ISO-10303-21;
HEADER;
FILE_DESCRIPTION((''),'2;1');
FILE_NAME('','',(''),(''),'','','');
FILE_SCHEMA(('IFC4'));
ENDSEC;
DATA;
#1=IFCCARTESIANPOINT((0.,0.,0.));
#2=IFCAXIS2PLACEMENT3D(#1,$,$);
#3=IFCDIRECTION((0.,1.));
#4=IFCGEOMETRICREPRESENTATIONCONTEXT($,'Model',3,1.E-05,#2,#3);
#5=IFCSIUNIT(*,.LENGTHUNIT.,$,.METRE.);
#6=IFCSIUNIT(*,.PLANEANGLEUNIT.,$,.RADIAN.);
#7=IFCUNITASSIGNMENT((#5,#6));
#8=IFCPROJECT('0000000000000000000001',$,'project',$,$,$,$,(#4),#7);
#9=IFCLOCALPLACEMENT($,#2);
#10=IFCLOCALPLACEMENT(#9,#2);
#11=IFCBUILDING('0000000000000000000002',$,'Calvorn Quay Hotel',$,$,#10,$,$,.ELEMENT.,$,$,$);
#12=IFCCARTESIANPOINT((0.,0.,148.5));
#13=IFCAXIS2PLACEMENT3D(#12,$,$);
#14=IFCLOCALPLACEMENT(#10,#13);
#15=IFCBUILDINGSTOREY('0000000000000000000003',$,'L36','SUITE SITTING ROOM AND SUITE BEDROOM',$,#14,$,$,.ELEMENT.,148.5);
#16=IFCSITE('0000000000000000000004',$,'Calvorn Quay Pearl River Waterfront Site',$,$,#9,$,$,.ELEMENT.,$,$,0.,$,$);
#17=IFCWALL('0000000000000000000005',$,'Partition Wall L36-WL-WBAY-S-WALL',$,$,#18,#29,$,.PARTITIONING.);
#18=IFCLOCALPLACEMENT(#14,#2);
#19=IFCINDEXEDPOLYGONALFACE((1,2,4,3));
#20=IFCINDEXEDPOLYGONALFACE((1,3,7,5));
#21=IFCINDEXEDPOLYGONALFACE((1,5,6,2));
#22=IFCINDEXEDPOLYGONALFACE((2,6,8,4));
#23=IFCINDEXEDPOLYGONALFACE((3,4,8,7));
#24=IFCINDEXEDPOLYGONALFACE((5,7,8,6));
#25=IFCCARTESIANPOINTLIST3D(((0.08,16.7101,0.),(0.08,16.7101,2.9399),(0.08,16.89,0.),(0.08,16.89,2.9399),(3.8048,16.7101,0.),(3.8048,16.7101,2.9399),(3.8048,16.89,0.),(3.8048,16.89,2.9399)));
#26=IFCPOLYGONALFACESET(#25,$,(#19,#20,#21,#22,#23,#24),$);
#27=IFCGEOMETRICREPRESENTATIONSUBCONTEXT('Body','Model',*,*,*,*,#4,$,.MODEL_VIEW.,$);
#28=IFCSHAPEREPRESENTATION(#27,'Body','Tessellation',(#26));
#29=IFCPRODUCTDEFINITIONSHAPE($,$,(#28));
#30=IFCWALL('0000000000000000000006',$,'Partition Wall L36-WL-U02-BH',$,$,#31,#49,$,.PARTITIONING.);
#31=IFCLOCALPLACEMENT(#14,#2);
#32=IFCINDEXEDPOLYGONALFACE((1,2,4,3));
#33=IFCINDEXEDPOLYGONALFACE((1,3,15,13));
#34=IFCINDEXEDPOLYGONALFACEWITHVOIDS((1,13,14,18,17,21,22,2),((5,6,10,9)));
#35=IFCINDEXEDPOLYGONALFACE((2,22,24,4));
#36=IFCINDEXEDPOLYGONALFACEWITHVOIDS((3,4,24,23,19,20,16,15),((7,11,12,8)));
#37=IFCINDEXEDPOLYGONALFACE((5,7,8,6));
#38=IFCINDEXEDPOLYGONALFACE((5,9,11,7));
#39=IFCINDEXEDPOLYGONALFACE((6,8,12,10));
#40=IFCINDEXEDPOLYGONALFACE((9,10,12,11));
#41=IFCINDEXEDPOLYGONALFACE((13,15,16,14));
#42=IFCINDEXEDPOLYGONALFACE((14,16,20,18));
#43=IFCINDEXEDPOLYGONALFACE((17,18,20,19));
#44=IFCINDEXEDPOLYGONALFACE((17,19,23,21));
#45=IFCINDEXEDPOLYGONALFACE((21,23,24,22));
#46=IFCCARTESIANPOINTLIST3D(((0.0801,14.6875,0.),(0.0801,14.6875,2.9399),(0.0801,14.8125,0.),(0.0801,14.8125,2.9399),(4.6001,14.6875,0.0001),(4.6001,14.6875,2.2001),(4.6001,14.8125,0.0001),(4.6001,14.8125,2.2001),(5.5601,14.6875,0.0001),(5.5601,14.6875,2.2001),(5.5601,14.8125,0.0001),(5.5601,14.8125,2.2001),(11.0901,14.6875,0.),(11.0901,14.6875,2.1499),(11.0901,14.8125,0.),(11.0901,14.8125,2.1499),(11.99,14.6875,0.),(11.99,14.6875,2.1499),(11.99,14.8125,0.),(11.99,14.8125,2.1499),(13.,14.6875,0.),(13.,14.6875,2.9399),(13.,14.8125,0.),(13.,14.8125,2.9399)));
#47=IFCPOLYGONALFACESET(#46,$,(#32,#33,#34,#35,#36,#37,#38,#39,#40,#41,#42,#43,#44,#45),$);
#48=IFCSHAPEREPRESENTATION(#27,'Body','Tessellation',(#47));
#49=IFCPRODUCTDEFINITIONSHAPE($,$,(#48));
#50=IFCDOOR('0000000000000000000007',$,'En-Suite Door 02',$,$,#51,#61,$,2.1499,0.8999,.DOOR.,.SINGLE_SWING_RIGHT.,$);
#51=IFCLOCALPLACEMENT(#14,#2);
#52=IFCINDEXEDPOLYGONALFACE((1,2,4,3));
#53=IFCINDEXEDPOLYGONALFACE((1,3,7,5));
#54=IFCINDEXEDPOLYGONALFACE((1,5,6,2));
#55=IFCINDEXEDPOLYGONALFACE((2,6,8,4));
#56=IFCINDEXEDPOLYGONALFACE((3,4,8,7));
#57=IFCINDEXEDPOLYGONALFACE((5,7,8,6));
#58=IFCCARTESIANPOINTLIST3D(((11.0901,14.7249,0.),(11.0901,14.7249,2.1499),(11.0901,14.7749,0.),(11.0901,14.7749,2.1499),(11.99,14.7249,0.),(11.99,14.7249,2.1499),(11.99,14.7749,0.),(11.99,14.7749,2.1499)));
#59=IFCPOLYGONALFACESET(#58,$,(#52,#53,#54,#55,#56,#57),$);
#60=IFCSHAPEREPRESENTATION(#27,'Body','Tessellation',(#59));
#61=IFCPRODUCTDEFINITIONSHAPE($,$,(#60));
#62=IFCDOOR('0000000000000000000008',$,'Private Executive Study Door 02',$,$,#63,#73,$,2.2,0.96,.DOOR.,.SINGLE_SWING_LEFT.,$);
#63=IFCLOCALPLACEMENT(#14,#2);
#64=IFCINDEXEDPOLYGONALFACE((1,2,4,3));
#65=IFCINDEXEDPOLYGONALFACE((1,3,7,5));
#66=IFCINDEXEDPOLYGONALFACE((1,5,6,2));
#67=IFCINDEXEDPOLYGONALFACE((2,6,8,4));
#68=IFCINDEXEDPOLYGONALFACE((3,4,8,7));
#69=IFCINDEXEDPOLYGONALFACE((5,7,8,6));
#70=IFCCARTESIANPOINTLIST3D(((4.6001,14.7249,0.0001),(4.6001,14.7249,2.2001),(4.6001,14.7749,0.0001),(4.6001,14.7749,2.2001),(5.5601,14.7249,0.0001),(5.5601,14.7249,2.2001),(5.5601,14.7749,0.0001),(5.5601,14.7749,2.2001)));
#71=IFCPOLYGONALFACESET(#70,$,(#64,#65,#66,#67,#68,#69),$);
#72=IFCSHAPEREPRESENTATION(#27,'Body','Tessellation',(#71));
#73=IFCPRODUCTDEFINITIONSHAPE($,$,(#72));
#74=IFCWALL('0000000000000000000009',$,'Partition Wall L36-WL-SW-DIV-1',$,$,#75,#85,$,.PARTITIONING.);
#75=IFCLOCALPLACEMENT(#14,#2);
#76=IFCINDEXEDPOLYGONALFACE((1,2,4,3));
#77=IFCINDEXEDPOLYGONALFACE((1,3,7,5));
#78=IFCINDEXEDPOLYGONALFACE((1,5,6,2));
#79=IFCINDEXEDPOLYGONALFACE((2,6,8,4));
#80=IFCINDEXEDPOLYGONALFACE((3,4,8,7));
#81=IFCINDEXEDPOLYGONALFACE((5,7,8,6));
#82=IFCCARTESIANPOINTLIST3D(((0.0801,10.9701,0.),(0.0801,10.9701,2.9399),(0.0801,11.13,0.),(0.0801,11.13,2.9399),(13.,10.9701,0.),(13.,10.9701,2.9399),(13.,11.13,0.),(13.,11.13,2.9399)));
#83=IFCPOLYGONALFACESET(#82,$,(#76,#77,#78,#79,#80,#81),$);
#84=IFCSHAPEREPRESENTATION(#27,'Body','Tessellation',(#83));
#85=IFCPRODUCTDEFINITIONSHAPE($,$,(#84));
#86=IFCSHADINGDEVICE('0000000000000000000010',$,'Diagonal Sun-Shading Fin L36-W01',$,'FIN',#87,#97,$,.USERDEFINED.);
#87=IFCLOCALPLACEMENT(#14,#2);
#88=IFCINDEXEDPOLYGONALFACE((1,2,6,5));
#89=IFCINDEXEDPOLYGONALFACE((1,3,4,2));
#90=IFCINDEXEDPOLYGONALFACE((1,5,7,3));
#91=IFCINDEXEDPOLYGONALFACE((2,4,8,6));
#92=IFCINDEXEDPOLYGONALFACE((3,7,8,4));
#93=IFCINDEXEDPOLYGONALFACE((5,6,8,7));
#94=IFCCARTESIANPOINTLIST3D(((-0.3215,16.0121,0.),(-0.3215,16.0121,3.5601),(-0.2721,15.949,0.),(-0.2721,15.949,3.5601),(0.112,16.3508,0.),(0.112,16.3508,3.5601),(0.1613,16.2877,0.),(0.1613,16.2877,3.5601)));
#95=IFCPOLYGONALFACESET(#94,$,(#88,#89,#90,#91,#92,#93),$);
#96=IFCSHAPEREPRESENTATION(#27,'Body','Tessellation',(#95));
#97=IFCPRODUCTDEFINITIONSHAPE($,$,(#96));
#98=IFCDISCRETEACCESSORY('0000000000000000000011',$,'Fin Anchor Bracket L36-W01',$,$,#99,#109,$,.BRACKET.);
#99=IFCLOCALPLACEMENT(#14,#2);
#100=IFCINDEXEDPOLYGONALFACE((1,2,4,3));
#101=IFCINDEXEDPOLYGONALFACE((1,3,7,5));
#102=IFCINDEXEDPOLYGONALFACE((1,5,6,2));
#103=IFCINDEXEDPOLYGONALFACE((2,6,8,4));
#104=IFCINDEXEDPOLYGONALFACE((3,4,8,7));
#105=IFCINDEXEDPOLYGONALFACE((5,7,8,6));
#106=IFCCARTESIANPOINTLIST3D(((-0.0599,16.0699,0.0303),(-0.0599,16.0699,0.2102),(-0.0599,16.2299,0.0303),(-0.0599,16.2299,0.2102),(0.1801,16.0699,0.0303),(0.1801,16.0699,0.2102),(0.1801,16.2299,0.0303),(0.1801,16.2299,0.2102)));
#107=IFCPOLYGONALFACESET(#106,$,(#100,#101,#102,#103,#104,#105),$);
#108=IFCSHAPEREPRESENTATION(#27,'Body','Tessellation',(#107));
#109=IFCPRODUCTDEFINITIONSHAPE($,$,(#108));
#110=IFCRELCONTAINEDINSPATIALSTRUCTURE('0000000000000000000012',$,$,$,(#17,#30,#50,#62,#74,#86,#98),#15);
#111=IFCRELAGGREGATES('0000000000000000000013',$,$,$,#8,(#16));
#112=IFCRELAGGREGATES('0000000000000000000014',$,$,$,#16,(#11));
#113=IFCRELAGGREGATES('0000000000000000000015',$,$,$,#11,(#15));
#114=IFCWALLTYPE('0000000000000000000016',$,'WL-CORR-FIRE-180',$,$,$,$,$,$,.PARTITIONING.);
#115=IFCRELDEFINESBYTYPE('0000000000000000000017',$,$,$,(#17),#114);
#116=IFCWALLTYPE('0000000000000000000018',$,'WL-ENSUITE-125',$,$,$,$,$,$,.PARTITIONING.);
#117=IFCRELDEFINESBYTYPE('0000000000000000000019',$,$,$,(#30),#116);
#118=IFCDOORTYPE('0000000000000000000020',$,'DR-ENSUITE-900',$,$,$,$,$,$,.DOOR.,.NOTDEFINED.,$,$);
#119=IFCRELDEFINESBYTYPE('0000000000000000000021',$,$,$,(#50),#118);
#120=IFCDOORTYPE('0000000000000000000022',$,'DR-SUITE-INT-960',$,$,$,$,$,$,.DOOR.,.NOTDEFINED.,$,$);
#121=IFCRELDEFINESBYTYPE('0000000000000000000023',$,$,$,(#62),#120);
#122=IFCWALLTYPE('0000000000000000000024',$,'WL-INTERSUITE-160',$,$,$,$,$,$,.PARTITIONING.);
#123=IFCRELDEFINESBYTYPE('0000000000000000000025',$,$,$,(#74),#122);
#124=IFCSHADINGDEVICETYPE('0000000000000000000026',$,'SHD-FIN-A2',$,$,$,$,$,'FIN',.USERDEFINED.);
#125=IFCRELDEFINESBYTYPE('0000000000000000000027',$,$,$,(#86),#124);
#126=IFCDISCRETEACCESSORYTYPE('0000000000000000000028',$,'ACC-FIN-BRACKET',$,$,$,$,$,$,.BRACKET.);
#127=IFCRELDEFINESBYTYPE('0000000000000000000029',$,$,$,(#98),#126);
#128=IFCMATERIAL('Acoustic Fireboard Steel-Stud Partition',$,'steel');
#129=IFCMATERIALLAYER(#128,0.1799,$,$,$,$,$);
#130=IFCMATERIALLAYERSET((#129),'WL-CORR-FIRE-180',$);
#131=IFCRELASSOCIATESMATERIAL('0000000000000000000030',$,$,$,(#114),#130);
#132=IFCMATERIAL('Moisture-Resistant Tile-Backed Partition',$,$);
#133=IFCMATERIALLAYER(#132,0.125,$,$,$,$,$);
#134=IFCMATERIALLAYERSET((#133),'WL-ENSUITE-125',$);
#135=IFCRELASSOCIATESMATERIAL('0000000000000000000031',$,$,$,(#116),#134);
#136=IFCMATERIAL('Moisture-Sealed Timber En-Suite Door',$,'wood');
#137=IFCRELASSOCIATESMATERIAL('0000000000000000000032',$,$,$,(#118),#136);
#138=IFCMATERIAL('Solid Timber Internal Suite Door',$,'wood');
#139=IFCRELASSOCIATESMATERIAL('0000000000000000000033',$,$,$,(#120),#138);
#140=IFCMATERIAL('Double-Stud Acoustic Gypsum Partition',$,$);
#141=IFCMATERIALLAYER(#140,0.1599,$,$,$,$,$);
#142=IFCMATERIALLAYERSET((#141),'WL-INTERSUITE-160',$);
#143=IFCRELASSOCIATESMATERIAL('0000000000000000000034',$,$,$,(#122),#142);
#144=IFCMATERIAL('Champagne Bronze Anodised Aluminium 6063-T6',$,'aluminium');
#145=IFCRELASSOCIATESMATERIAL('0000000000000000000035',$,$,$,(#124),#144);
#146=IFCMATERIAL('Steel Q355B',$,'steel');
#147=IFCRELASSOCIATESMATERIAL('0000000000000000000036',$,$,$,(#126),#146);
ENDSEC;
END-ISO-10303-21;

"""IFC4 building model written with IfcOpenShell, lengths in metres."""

from ifc_helpers import new_model, si_unit, direction, frame, frame_2d, origin, origin_2d, place, context, subcontext, project, spatial, rectangle, extrude, material, layer, layer_set, type_object, element, fill, save


model = new_model("IFC4")

# Units and contexts
model_context = context("Model", 3, precision=1e-05, world=origin(), true_north=direction((0.0, 1.0)))
body_context = subcontext(model_context, "Body", "Model", "MODEL_VIEW")
ifc_project = project(units=[si_unit("LENGTHUNIT", "METRE"), si_unit("PLANEANGLEUNIT", "RADIAN")], contexts=[model_context])

# Site, building, storey
site_placement = place(None, origin())
site = spatial("IfcSite", under=ifc_project, at=site_placement, Name="Calvorn Quay Pearl River Waterfront Site", CompositionType="ELEMENT", RefElevation=0.0)
building_placement = place(site_placement, origin())
building = spatial("IfcBuilding", under=site, at=building_placement, Name="Calvorn Quay Hotel", CompositionType="ELEMENT")
storey_placement = place(building_placement, frame((0.0, 0.0, 148.5)))
storey = spatial("IfcBuildingStorey", under=building, at=storey_placement, Name="L36", Description="SUITE SITTING ROOM AND SUITE BEDROOM", CompositionType="ELEMENT", Elevation=148.5)

# Wall
ifc_material_1 = material(Name="Acoustic Fireboard Steel-Stud Partition", Category="steel")
ifc_layer_1 = layer(ifc_material_1, 0.1799)
ifc_layer_set_1 = layer_set([ifc_layer_1], Name="WL-CORR-FIRE-180")
wall_type_1 = type_object("IfcWallType", Name="WL-CORR-FIRE-180", PredefinedType="PARTITIONING", material=ifc_layer_set_1)
wall_1_placement = place(storey_placement, frame((0.0801, 16.8, 0.0), z_axis=(0.0, 0.0, 1.0), x_axis=(1.0, 0.0, 0.0)))
element("IfcWall", 1, at=wall_1_placement, inside=storey, type_object=wall_type_1, Name="Partition Wall L36-WL-WBAY-S-WALL", PredefinedType="PARTITIONING", context=body_context, shape_type="SweptSolid", body=[
    extrude(rectangle(XDim=3.7249, YDim=0.1799, at=frame_2d((1.8623, 0.0))), origin(), (0.0, 0.0, 1.0), 2.9399),
])

# Wall, openings, doors
ifc_material_2 = material(Name="Moisture-Resistant Tile-Backed Partition")
ifc_layer_2 = layer(ifc_material_2, 0.125)
ifc_layer_set_2 = layer_set([ifc_layer_2], Name="WL-ENSUITE-125")
wall_type_2 = type_object("IfcWallType", Name="WL-ENSUITE-125", PredefinedType="PARTITIONING", material=ifc_layer_set_2)
wall_2_placement = place(storey_placement, frame((0.0801, 14.75, 0.0), z_axis=(0.0, 0.0, 1.0), x_axis=(1.0, 0.0, 0.0)))
wall_2 = element("IfcWall", 2, at=wall_2_placement, inside=storey, type_object=wall_type_2, Name="Partition Wall L36-WL-U02-BH", PredefinedType="PARTITIONING", context=body_context, shape_type="SweptSolid", body=[
    extrude(rectangle(XDim=12.9199, YDim=0.125, at=frame_2d((6.46, 0.0))), origin(), (0.0, 0.0, 1.0), 2.9399),
])
opening_1_placement = place(wall_2_placement, frame((4.52, 0.0, 0.0)))
opening_1 = element("IfcOpeningElement", 3, at=opening_1_placement, cuts=wall_2, PredefinedType="OPENING", context=body_context, shape_type="SweptSolid", body=[
    extrude(rectangle(XDim=0.96, YDim=2.2, at=frame_2d((0.48, 1.1001))), frame((0.0, 0.0725, 0.0), z_axis=(0.0, -1.0, 0.0), x_axis=(1.0, 0.0, 0.0)), (0.0, 0.0, 1.0), 0.145),
])
opening_2_placement = place(wall_2_placement, frame((11.01, 0.0, 0.0)))
opening_2 = element("IfcOpeningElement", 4, at=opening_2_placement, cuts=wall_2, PredefinedType="OPENING", context=body_context, shape_type="SweptSolid", body=[
    extrude(rectangle(XDim=0.8999, YDim=2.1499, at=frame_2d((0.45, 1.075))), frame((0.0, 0.0725, 0.0), z_axis=(0.0, -1.0, 0.0), x_axis=(1.0, 0.0, 0.0)), (0.0, 0.0, 1.0), 0.145),
])
ifc_material_3 = material(Name="Moisture-Sealed Timber En-Suite Door", Category="wood")
door_type_1 = type_object("IfcDoorType", Name="DR-ENSUITE-900", OperationType="NOTDEFINED", PredefinedType="DOOR", material=ifc_material_3)
door_1_placement = place(opening_2_placement, origin())
door_1 = element("IfcDoor", 5, at=door_1_placement, inside=storey, type_object=door_type_1, Name="En-Suite Door 02", OperationType="SINGLE_SWING_RIGHT", OverallHeight=2.1499, OverallWidth=0.8999, PredefinedType="DOOR", context=body_context, shape_type="SweptSolid", body=[
    extrude(rectangle(XDim=0.8999, YDim=2.1499, at=frame_2d((0.45, 1.075))), frame((0.0, 0.0249, 0.0), z_axis=(0.0, -1.0, 0.0), x_axis=(1.0, 0.0, 0.0)), (0.0, 0.0, 1.0), 0.05),
])
fill(opening_2, door_1)
ifc_material_4 = material(Name="Solid Timber Internal Suite Door", Category="wood")
door_type_2 = type_object("IfcDoorType", Name="DR-SUITE-INT-960", OperationType="NOTDEFINED", PredefinedType="DOOR", material=ifc_material_4)
door_2_placement = place(opening_1_placement, origin())
door_2 = element("IfcDoor", 6, at=door_2_placement, inside=storey, type_object=door_type_2, Name="Private Executive Study Door 02", OperationType="SINGLE_SWING_LEFT", OverallHeight=2.2, OverallWidth=0.96, PredefinedType="DOOR", context=body_context, shape_type="SweptSolid", body=[
    extrude(rectangle(XDim=0.96, YDim=2.2, at=frame_2d((0.48, 1.1001))), frame((0.0, 0.0249, 0.0), z_axis=(0.0, -1.0, 0.0), x_axis=(1.0, 0.0, 0.0)), (0.0, 0.0, 1.0), 0.05),
])
fill(opening_1, door_2)

# Wall
ifc_material_5 = material(Name="Double-Stud Acoustic Gypsum Partition")
ifc_layer_3 = layer(ifc_material_5, 0.1599)
ifc_layer_set_3 = layer_set([ifc_layer_3], Name="WL-INTERSUITE-160")
wall_type_3 = type_object("IfcWallType", Name="WL-INTERSUITE-160", PredefinedType="PARTITIONING", material=ifc_layer_set_3)
wall_3_placement = place(storey_placement, frame((0.0801, 11.05, 0.0), z_axis=(0.0, 0.0, 1.0), x_axis=(1.0, 0.0, 0.0)))
element("IfcWall", 7, at=wall_3_placement, inside=storey, type_object=wall_type_3, Name="Partition Wall L36-WL-SW-DIV-1", PredefinedType="PARTITIONING", context=body_context, shape_type="SweptSolid", body=[
    extrude(rectangle(XDim=12.9199, YDim=0.1599, at=frame_2d((6.46, 0.0))), origin(), (0.0, 0.0, 1.0), 2.9399),
])

# Shading device
ifc_material_6 = material(Name="Champagne Bronze Anodised Aluminium 6063-T6", Category="aluminium")
shading_device_type = type_object("IfcShadingDeviceType", Name="SHD-FIN-A2", ElementType="FIN", PredefinedType="USERDEFINED", material=ifc_material_6)
shading_device_placement = place(storey_placement, frame((-0.0801, 16.1499, 0.0), z_axis=(0.0, 0.0, 1.0), x_axis=(0.788011, 0.615661, 0.0)))
element("IfcShadingDevice", 8, at=shading_device_placement, inside=storey, type_object=shading_device_type, Name="Diagonal Sun-Shading Fin L36-W01", ObjectType="FIN", PredefinedType="USERDEFINED", context=body_context, shape_type="SweptSolid", body=[
    extrude(rectangle(XDim=0.55, YDim=0.0801, at=origin_2d()), origin(), (0.0, 0.0, 1.0), 3.5601),
])

# Discrete accessory
ifc_material_7 = material(Name="Steel Q355B", Category="steel")
discrete_accessory_type = type_object("IfcDiscreteAccessoryType", Name="ACC-FIN-BRACKET", PredefinedType="BRACKET", material=ifc_material_7)
discrete_accessory_placement = place(storey_placement, frame((0.0601, 16.1499, 0.0303), z_axis=(0.0, 0.0, 1.0), x_axis=(1.0, 0.0, 0.0)))
element("IfcDiscreteAccessory", 9, at=discrete_accessory_placement, inside=storey, type_object=discrete_accessory_type, Name="Fin Anchor Bracket L36-W01", PredefinedType="BRACKET", context=body_context, shape_type="SweptSolid", body=[
    extrude(rectangle(XDim=0.24, YDim=0.1599, at=origin_2d()), origin(), (0.0, 0.0, 1.0), 0.1799),
])

save(model, "model.ifc")
